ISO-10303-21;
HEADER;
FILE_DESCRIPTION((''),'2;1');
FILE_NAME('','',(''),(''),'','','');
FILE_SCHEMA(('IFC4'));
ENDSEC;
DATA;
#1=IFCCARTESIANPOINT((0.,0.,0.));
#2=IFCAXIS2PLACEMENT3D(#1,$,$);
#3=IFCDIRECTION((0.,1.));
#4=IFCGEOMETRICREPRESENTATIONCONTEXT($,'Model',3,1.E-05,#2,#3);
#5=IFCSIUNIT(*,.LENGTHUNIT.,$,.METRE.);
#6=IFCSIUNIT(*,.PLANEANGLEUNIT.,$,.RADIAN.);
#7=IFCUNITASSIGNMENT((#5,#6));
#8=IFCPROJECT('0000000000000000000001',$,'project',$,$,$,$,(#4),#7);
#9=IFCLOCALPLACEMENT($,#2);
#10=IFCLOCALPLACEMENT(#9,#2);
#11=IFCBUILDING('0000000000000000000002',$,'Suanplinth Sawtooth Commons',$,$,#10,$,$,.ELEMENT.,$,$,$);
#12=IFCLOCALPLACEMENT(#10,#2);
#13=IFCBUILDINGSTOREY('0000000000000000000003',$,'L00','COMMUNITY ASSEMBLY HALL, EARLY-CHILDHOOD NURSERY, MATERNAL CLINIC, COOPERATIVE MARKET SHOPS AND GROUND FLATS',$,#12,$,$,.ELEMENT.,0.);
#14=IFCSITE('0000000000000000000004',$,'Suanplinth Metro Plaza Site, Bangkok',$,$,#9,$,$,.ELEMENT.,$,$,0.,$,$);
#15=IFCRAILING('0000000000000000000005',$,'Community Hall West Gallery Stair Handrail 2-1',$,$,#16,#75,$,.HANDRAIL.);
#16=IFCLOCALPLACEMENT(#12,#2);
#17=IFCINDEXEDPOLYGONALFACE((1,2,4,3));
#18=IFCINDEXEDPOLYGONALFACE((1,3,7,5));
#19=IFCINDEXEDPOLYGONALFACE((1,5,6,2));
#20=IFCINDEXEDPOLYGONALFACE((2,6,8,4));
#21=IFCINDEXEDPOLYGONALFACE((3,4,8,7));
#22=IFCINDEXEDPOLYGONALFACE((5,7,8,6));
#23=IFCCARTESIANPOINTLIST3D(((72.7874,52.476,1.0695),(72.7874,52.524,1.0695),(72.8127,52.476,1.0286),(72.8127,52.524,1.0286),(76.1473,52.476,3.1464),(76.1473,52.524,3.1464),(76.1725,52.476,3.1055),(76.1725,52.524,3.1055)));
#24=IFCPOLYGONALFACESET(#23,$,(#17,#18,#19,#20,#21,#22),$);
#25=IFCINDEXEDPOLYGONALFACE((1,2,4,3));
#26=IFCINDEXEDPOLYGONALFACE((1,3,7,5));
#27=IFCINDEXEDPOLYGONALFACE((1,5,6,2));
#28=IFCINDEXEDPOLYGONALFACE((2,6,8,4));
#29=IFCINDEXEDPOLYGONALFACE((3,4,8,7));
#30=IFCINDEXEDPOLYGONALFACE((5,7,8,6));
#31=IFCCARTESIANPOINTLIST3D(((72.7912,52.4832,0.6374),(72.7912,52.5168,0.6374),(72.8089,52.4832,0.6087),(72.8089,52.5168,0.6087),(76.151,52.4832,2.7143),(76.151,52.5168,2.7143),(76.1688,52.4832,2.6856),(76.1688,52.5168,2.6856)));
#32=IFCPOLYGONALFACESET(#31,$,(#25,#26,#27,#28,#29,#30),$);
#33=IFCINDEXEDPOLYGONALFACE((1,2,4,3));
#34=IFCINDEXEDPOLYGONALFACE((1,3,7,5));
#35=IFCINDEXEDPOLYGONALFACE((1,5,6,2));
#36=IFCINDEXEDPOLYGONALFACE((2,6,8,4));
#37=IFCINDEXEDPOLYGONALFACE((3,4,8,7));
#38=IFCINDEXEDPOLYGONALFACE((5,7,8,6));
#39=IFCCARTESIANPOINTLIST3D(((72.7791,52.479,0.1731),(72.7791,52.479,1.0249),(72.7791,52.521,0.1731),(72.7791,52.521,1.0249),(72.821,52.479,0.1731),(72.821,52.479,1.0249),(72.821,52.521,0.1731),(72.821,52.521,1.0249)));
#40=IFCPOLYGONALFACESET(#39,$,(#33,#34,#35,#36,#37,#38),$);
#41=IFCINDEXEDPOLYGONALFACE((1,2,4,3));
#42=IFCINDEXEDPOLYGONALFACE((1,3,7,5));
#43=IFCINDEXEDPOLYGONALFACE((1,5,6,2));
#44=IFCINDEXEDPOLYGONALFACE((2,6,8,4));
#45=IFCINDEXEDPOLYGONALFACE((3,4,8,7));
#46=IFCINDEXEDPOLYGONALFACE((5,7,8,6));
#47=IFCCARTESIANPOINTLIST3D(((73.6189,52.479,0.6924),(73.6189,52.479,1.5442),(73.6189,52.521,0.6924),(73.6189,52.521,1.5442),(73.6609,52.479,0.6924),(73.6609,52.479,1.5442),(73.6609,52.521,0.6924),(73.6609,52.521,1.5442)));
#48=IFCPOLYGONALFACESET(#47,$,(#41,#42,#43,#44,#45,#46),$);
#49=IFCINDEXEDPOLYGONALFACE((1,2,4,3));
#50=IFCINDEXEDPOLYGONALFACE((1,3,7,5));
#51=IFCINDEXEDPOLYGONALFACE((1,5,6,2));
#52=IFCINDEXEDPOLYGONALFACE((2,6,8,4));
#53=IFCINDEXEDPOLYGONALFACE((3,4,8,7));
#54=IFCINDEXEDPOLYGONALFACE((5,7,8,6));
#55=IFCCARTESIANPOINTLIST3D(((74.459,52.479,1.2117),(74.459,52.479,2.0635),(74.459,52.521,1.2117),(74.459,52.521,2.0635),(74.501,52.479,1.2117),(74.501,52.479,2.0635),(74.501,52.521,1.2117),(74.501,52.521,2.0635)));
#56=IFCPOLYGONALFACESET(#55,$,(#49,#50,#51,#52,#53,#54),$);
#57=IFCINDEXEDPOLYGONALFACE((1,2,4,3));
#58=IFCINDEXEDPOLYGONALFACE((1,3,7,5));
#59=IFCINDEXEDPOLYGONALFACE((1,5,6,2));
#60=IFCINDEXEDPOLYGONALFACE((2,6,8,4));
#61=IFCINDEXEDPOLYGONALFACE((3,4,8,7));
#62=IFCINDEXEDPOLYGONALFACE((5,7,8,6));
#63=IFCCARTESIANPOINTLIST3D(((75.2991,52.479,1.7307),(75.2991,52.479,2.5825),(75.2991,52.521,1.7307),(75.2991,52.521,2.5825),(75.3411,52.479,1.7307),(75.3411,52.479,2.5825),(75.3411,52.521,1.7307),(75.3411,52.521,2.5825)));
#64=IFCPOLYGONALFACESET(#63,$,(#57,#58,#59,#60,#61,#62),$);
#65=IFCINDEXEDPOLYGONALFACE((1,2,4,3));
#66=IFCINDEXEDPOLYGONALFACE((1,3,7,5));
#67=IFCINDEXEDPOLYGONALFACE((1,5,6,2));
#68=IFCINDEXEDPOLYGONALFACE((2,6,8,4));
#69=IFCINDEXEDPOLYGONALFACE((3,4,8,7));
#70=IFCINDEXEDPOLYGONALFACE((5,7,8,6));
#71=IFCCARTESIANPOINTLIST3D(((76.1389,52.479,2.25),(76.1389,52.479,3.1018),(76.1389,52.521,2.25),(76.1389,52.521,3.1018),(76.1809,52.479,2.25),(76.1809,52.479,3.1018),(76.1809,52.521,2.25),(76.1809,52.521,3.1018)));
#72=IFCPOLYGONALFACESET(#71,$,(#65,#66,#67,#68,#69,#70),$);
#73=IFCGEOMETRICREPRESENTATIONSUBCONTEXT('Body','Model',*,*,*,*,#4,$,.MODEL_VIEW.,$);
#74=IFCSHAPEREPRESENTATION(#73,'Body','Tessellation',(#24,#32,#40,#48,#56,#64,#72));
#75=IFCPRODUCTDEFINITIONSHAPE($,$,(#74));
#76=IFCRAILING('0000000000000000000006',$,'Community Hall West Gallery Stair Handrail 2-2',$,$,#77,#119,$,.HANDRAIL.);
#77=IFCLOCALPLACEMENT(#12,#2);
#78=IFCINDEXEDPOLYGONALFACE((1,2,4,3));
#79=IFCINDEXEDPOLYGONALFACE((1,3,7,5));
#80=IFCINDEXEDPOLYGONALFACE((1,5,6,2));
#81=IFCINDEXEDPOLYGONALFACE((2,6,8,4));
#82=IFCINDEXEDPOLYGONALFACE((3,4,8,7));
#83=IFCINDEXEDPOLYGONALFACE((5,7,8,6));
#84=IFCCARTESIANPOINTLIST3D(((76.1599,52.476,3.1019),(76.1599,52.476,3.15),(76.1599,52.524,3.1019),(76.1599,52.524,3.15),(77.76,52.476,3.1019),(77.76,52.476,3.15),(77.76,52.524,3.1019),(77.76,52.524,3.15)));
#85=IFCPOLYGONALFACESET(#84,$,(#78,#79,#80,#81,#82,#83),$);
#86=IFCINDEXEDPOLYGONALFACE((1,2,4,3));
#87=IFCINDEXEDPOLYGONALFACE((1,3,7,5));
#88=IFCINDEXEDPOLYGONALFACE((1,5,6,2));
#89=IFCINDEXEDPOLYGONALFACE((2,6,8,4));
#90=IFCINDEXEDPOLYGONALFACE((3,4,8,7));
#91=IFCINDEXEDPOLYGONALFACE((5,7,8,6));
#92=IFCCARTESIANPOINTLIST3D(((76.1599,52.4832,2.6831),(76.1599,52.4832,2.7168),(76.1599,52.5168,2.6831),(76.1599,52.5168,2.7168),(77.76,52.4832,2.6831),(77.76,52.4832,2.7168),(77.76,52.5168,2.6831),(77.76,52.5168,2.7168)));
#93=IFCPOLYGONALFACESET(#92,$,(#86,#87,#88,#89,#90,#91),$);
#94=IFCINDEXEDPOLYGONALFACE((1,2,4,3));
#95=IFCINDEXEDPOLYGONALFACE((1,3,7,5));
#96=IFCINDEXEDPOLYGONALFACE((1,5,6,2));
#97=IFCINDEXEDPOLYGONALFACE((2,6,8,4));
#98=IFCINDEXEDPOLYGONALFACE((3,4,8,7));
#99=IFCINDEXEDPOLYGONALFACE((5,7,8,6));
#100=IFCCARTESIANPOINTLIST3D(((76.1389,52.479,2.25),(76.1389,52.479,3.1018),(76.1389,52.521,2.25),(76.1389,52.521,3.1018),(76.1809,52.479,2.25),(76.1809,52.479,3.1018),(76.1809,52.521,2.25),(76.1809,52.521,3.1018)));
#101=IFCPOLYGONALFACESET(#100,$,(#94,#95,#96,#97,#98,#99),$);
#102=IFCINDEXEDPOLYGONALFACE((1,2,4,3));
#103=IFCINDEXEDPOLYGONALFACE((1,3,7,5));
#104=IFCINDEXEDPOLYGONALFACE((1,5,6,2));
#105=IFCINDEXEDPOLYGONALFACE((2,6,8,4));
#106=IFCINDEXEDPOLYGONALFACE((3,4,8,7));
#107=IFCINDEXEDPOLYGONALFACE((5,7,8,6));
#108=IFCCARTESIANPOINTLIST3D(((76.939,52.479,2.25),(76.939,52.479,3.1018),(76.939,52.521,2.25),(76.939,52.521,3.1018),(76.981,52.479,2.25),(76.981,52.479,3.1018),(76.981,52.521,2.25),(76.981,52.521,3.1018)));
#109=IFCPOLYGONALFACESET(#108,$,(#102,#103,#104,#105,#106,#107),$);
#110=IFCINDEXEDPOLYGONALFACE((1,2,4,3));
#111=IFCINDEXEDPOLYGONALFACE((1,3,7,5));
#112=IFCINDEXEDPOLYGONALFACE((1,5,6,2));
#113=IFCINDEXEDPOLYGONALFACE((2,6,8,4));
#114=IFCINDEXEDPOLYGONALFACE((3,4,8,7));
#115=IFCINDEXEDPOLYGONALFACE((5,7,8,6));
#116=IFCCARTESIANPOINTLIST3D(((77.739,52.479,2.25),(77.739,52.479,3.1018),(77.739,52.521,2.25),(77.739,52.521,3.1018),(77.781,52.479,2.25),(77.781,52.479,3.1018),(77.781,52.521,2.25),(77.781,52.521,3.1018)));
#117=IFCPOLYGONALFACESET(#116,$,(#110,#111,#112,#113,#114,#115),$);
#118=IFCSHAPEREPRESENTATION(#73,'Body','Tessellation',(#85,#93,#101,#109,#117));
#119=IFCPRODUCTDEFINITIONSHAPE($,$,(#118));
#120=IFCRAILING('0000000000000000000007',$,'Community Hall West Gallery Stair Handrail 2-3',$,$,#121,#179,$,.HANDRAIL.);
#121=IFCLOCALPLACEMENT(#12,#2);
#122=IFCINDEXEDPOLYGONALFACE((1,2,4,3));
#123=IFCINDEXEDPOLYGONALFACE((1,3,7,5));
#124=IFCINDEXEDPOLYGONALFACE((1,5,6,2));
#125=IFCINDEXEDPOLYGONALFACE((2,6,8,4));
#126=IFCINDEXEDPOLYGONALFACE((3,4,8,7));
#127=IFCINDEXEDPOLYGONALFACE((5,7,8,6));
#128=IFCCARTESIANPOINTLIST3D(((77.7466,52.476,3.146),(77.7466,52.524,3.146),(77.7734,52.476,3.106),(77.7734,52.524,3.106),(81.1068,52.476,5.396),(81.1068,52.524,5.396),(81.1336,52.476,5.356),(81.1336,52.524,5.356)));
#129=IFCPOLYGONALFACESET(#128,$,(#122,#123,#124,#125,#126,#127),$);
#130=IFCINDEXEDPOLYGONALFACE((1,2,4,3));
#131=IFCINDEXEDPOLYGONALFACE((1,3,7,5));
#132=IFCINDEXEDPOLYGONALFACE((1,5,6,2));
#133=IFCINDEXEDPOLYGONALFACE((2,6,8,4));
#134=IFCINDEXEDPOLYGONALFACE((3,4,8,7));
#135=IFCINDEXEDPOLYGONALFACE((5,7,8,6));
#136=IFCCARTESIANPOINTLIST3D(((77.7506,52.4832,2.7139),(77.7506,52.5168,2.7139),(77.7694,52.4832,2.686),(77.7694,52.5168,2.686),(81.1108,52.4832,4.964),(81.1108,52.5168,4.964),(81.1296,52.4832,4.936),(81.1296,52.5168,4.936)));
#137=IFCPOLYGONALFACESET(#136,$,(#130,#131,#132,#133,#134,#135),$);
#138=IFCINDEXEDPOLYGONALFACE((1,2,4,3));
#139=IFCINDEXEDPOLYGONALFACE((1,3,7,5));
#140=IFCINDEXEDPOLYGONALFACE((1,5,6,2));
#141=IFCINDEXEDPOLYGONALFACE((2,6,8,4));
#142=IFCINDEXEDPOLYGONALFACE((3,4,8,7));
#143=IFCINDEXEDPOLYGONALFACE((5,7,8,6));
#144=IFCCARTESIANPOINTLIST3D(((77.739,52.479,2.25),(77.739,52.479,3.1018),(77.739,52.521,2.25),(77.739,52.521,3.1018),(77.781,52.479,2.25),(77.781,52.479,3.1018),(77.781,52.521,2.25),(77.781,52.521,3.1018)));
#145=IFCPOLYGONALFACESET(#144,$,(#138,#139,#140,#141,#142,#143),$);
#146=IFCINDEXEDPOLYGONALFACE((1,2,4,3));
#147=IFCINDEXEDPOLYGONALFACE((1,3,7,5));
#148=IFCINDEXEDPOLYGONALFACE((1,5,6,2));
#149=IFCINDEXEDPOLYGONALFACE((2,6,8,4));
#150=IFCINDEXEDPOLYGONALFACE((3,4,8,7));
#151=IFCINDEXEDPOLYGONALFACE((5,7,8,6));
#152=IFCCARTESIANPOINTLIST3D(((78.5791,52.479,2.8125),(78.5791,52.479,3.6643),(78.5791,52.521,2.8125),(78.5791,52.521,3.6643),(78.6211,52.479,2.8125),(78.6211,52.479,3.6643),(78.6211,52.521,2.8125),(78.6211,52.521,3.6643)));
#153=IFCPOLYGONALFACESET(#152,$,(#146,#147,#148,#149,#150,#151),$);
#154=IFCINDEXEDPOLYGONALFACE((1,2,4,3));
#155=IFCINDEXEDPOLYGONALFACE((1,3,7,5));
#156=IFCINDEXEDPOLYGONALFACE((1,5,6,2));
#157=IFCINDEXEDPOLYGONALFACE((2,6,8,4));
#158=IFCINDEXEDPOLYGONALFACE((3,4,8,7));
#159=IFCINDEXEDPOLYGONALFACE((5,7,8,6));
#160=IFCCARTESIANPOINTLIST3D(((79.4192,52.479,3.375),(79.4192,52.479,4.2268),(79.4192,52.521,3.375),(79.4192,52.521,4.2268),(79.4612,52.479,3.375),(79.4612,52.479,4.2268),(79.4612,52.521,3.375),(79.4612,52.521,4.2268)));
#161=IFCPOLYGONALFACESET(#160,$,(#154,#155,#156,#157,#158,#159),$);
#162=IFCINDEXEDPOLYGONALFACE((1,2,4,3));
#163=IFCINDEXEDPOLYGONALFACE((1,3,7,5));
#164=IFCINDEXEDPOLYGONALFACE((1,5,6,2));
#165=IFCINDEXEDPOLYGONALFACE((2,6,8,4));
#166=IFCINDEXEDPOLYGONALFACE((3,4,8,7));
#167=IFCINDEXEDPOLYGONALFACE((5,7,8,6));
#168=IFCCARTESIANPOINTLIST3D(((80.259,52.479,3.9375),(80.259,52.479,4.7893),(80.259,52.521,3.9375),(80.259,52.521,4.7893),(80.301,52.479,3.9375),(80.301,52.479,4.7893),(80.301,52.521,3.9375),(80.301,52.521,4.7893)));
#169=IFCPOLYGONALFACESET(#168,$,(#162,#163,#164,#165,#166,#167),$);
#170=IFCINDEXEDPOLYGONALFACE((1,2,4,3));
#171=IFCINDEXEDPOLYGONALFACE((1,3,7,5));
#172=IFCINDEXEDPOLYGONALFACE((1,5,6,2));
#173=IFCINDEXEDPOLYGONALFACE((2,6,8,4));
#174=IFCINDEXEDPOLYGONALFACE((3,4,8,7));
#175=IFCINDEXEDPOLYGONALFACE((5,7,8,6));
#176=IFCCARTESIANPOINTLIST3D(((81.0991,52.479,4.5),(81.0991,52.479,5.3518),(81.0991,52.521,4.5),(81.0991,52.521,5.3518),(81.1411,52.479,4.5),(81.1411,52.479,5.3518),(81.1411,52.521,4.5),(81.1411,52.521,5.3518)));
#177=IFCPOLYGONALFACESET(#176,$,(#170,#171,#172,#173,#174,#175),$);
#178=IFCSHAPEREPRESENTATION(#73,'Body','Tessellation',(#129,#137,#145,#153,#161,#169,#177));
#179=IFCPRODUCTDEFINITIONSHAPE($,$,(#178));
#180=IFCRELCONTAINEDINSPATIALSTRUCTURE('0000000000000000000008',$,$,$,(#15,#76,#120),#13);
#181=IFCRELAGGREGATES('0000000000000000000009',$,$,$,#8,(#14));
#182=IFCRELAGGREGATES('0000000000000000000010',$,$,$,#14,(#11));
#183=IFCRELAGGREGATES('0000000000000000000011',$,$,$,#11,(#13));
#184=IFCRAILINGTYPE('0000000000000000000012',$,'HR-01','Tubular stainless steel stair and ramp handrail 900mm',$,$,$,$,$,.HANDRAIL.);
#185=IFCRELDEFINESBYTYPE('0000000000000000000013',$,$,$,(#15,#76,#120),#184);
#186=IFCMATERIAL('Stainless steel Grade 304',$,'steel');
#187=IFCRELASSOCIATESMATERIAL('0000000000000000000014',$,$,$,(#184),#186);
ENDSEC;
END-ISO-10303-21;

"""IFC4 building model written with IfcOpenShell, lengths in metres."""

from ifc_helpers import new_model, si_unit, direction, frame, origin, origin_2d, place, context, subcontext, project, spatial, rectangle, extrude, material, type_object, element, save


model = new_model("IFC4")

# Units and contexts
model_context = context("Model", 3, precision=1e-05, world=origin(), true_north=direction((0.0, 1.0)))
body_context = subcontext(model_context, "Body", "Model", "MODEL_VIEW")
ifc_project = project(units=[si_unit("LENGTHUNIT", "METRE"), si_unit("PLANEANGLEUNIT", "RADIAN")], contexts=[model_context])

# Site, building, storey
site_placement = place(None, origin())
site = spatial("IfcSite", under=ifc_project, at=site_placement, Name="Suanplinth Metro Plaza Site, Bangkok", CompositionType="ELEMENT", RefElevation=0.0)
building_placement = place(site_placement, origin())
building = spatial("IfcBuilding", under=site, at=building_placement, Name="Suanplinth Sawtooth Commons", CompositionType="ELEMENT")
storey_placement = place(building_placement, origin())
storey = spatial("IfcBuildingStorey", under=building, at=storey_placement, Name="L00", Description="COMMUNITY ASSEMBLY HALL, EARLY-CHILDHOOD NURSERY, MATERNAL CLINIC, COOPERATIVE MARKET SHOPS AND GROUND FLATS", CompositionType="ELEMENT", Elevation=0.0)

# Railings
ifc_material_1 = material(Name="Stainless steel Grade 304", Category="steel")
railing_type_1 = type_object("IfcRailingType", Name="HR-01", Description="Tubular stainless steel stair and ramp handrail 900mm", PredefinedType="HANDRAIL", material=ifc_material_1)
railing_1_placement = place(storey_placement, frame((72.8, 52.5, 0.1731)))
element("IfcRailing", 1, at=railing_1_placement, inside=storey, type_object=railing_type_1, Name="Community Hall West Gallery Stair Handrail 2-1", PredefinedType="HANDRAIL", context=body_context, shape_type="SweptSolid", body=[
    extrude(rectangle(XDim=0.0481, YDim=0.0481, at=origin_2d()), frame((0.0, 0.0, 0.876), z_axis=(0.850606, 0.0, 0.525803), x_axis=(0.0, 1.0, 0.0)), (0.0, 0.0, 1.0), 3.95),
    extrude(rectangle(XDim=0.0337, YDim=0.0337, at=origin_2d()), frame((0.0, 0.0, 0.45), z_axis=(0.850606, 0.0, 0.525803), x_axis=(0.0, 1.0, 0.0)), (0.0, 0.0, 1.0), 3.95),
    extrude(rectangle(XDim=0.042, YDim=0.042, at=origin_2d()), origin(), (0.0, 0.0, 1.0), 0.8518),
    extrude(rectangle(XDim=0.042, YDim=0.042, at=origin_2d()), frame((0.8398, 0.0, 0.5193)), (0.0, 0.0, 1.0), 0.8518),
    extrude(rectangle(XDim=0.042, YDim=0.042, at=origin_2d()), frame((1.6799, 0.0, 1.0386)), (0.0, 0.0, 1.0), 0.8518),
    extrude(rectangle(XDim=0.042, YDim=0.042, at=origin_2d()), frame((2.52, 0.0, 1.5576)), (0.0, 0.0, 1.0), 0.8518),
    extrude(rectangle(XDim=0.042, YDim=0.042, at=origin_2d()), frame((3.3599, 0.0, 2.0769)), (0.0, 0.0, 1.0), 0.8518),
])
railing_2_placement = place(storey_placement, frame((76.1599, 52.5, 2.25)))
element("IfcRailing", 2, at=railing_2_placement, inside=storey, type_object=railing_type_1, Name="Community Hall West Gallery Stair Handrail 2-2", PredefinedType="HANDRAIL", context=body_context, shape_type="SweptSolid", body=[
    extrude(rectangle(XDim=0.0481, YDim=0.0481, at=origin_2d()), frame((0.0, 0.0, 0.876), z_axis=(1.0, 0.0, 0.0), x_axis=(0.0, 1.0, 0.0)), (0.0, 0.0, 1.0), 1.6001),
    extrude(rectangle(XDim=0.0337, YDim=0.0337, at=origin_2d()), frame((0.0, 0.0, 0.45), z_axis=(1.0, 0.0, 0.0), x_axis=(0.0, 1.0, 0.0)), (0.0, 0.0, 1.0), 1.6001),
    extrude(rectangle(XDim=0.042, YDim=0.042, at=origin_2d()), origin(), (0.0, 0.0, 1.0), 0.8518),
    extrude(rectangle(XDim=0.042, YDim=0.042, at=origin_2d()), frame((0.8, 0.0, 0.0)), (0.0, 0.0, 1.0), 0.8518),
    extrude(rectangle(XDim=0.042, YDim=0.042, at=origin_2d()), frame((1.6001, 0.0, 0.0)), (0.0, 0.0, 1.0), 0.8518),
])
railing_3_placement = place(storey_placement, frame((77.76, 52.5, 2.25)))
element("IfcRailing", 3, at=railing_3_placement, inside=storey, type_object=railing_type_1, Name="Community Hall West Gallery Stair Handrail 2-3", PredefinedType="HANDRAIL", context=body_context, shape_type="SweptSolid", body=[
    extrude(rectangle(XDim=0.0481, YDim=0.0481, at=origin_2d()), frame((0.0, 0.0, 0.876), z_axis=(0.830915, 0.0, 0.556399), x_axis=(0.0, 1.0, 0.0)), (0.0, 0.0, 1.0), 4.0439),
    extrude(rectangle(XDim=0.0337, YDim=0.0337, at=origin_2d()), frame((0.0, 0.0, 0.45), z_axis=(0.830915, 0.0, 0.556399), x_axis=(0.0, 1.0, 0.0)), (0.0, 0.0, 1.0), 4.0439),
    extrude(rectangle(XDim=0.042, YDim=0.042, at=origin_2d()), origin(), (0.0, 0.0, 1.0), 0.8518),
    extrude(rectangle(XDim=0.042, YDim=0.042, at=origin_2d()), frame((0.8401, 0.0, 0.5625)), (0.0, 0.0, 1.0), 0.8518),
    extrude(rectangle(XDim=0.042, YDim=0.042, at=origin_2d()), frame((1.6802, 0.0, 1.125)), (0.0, 0.0, 1.0), 0.8518),
    extrude(rectangle(XDim=0.042, YDim=0.042, at=origin_2d()), frame((2.52, 0.0, 1.6875)), (0.0, 0.0, 1.0), 0.8518),
    extrude(rectangle(XDim=0.042, YDim=0.042, at=origin_2d()), frame((3.3601, 0.0, 2.25)), (0.0, 0.0, 1.0), 0.8518),
])

save(model, "model.ifc")
